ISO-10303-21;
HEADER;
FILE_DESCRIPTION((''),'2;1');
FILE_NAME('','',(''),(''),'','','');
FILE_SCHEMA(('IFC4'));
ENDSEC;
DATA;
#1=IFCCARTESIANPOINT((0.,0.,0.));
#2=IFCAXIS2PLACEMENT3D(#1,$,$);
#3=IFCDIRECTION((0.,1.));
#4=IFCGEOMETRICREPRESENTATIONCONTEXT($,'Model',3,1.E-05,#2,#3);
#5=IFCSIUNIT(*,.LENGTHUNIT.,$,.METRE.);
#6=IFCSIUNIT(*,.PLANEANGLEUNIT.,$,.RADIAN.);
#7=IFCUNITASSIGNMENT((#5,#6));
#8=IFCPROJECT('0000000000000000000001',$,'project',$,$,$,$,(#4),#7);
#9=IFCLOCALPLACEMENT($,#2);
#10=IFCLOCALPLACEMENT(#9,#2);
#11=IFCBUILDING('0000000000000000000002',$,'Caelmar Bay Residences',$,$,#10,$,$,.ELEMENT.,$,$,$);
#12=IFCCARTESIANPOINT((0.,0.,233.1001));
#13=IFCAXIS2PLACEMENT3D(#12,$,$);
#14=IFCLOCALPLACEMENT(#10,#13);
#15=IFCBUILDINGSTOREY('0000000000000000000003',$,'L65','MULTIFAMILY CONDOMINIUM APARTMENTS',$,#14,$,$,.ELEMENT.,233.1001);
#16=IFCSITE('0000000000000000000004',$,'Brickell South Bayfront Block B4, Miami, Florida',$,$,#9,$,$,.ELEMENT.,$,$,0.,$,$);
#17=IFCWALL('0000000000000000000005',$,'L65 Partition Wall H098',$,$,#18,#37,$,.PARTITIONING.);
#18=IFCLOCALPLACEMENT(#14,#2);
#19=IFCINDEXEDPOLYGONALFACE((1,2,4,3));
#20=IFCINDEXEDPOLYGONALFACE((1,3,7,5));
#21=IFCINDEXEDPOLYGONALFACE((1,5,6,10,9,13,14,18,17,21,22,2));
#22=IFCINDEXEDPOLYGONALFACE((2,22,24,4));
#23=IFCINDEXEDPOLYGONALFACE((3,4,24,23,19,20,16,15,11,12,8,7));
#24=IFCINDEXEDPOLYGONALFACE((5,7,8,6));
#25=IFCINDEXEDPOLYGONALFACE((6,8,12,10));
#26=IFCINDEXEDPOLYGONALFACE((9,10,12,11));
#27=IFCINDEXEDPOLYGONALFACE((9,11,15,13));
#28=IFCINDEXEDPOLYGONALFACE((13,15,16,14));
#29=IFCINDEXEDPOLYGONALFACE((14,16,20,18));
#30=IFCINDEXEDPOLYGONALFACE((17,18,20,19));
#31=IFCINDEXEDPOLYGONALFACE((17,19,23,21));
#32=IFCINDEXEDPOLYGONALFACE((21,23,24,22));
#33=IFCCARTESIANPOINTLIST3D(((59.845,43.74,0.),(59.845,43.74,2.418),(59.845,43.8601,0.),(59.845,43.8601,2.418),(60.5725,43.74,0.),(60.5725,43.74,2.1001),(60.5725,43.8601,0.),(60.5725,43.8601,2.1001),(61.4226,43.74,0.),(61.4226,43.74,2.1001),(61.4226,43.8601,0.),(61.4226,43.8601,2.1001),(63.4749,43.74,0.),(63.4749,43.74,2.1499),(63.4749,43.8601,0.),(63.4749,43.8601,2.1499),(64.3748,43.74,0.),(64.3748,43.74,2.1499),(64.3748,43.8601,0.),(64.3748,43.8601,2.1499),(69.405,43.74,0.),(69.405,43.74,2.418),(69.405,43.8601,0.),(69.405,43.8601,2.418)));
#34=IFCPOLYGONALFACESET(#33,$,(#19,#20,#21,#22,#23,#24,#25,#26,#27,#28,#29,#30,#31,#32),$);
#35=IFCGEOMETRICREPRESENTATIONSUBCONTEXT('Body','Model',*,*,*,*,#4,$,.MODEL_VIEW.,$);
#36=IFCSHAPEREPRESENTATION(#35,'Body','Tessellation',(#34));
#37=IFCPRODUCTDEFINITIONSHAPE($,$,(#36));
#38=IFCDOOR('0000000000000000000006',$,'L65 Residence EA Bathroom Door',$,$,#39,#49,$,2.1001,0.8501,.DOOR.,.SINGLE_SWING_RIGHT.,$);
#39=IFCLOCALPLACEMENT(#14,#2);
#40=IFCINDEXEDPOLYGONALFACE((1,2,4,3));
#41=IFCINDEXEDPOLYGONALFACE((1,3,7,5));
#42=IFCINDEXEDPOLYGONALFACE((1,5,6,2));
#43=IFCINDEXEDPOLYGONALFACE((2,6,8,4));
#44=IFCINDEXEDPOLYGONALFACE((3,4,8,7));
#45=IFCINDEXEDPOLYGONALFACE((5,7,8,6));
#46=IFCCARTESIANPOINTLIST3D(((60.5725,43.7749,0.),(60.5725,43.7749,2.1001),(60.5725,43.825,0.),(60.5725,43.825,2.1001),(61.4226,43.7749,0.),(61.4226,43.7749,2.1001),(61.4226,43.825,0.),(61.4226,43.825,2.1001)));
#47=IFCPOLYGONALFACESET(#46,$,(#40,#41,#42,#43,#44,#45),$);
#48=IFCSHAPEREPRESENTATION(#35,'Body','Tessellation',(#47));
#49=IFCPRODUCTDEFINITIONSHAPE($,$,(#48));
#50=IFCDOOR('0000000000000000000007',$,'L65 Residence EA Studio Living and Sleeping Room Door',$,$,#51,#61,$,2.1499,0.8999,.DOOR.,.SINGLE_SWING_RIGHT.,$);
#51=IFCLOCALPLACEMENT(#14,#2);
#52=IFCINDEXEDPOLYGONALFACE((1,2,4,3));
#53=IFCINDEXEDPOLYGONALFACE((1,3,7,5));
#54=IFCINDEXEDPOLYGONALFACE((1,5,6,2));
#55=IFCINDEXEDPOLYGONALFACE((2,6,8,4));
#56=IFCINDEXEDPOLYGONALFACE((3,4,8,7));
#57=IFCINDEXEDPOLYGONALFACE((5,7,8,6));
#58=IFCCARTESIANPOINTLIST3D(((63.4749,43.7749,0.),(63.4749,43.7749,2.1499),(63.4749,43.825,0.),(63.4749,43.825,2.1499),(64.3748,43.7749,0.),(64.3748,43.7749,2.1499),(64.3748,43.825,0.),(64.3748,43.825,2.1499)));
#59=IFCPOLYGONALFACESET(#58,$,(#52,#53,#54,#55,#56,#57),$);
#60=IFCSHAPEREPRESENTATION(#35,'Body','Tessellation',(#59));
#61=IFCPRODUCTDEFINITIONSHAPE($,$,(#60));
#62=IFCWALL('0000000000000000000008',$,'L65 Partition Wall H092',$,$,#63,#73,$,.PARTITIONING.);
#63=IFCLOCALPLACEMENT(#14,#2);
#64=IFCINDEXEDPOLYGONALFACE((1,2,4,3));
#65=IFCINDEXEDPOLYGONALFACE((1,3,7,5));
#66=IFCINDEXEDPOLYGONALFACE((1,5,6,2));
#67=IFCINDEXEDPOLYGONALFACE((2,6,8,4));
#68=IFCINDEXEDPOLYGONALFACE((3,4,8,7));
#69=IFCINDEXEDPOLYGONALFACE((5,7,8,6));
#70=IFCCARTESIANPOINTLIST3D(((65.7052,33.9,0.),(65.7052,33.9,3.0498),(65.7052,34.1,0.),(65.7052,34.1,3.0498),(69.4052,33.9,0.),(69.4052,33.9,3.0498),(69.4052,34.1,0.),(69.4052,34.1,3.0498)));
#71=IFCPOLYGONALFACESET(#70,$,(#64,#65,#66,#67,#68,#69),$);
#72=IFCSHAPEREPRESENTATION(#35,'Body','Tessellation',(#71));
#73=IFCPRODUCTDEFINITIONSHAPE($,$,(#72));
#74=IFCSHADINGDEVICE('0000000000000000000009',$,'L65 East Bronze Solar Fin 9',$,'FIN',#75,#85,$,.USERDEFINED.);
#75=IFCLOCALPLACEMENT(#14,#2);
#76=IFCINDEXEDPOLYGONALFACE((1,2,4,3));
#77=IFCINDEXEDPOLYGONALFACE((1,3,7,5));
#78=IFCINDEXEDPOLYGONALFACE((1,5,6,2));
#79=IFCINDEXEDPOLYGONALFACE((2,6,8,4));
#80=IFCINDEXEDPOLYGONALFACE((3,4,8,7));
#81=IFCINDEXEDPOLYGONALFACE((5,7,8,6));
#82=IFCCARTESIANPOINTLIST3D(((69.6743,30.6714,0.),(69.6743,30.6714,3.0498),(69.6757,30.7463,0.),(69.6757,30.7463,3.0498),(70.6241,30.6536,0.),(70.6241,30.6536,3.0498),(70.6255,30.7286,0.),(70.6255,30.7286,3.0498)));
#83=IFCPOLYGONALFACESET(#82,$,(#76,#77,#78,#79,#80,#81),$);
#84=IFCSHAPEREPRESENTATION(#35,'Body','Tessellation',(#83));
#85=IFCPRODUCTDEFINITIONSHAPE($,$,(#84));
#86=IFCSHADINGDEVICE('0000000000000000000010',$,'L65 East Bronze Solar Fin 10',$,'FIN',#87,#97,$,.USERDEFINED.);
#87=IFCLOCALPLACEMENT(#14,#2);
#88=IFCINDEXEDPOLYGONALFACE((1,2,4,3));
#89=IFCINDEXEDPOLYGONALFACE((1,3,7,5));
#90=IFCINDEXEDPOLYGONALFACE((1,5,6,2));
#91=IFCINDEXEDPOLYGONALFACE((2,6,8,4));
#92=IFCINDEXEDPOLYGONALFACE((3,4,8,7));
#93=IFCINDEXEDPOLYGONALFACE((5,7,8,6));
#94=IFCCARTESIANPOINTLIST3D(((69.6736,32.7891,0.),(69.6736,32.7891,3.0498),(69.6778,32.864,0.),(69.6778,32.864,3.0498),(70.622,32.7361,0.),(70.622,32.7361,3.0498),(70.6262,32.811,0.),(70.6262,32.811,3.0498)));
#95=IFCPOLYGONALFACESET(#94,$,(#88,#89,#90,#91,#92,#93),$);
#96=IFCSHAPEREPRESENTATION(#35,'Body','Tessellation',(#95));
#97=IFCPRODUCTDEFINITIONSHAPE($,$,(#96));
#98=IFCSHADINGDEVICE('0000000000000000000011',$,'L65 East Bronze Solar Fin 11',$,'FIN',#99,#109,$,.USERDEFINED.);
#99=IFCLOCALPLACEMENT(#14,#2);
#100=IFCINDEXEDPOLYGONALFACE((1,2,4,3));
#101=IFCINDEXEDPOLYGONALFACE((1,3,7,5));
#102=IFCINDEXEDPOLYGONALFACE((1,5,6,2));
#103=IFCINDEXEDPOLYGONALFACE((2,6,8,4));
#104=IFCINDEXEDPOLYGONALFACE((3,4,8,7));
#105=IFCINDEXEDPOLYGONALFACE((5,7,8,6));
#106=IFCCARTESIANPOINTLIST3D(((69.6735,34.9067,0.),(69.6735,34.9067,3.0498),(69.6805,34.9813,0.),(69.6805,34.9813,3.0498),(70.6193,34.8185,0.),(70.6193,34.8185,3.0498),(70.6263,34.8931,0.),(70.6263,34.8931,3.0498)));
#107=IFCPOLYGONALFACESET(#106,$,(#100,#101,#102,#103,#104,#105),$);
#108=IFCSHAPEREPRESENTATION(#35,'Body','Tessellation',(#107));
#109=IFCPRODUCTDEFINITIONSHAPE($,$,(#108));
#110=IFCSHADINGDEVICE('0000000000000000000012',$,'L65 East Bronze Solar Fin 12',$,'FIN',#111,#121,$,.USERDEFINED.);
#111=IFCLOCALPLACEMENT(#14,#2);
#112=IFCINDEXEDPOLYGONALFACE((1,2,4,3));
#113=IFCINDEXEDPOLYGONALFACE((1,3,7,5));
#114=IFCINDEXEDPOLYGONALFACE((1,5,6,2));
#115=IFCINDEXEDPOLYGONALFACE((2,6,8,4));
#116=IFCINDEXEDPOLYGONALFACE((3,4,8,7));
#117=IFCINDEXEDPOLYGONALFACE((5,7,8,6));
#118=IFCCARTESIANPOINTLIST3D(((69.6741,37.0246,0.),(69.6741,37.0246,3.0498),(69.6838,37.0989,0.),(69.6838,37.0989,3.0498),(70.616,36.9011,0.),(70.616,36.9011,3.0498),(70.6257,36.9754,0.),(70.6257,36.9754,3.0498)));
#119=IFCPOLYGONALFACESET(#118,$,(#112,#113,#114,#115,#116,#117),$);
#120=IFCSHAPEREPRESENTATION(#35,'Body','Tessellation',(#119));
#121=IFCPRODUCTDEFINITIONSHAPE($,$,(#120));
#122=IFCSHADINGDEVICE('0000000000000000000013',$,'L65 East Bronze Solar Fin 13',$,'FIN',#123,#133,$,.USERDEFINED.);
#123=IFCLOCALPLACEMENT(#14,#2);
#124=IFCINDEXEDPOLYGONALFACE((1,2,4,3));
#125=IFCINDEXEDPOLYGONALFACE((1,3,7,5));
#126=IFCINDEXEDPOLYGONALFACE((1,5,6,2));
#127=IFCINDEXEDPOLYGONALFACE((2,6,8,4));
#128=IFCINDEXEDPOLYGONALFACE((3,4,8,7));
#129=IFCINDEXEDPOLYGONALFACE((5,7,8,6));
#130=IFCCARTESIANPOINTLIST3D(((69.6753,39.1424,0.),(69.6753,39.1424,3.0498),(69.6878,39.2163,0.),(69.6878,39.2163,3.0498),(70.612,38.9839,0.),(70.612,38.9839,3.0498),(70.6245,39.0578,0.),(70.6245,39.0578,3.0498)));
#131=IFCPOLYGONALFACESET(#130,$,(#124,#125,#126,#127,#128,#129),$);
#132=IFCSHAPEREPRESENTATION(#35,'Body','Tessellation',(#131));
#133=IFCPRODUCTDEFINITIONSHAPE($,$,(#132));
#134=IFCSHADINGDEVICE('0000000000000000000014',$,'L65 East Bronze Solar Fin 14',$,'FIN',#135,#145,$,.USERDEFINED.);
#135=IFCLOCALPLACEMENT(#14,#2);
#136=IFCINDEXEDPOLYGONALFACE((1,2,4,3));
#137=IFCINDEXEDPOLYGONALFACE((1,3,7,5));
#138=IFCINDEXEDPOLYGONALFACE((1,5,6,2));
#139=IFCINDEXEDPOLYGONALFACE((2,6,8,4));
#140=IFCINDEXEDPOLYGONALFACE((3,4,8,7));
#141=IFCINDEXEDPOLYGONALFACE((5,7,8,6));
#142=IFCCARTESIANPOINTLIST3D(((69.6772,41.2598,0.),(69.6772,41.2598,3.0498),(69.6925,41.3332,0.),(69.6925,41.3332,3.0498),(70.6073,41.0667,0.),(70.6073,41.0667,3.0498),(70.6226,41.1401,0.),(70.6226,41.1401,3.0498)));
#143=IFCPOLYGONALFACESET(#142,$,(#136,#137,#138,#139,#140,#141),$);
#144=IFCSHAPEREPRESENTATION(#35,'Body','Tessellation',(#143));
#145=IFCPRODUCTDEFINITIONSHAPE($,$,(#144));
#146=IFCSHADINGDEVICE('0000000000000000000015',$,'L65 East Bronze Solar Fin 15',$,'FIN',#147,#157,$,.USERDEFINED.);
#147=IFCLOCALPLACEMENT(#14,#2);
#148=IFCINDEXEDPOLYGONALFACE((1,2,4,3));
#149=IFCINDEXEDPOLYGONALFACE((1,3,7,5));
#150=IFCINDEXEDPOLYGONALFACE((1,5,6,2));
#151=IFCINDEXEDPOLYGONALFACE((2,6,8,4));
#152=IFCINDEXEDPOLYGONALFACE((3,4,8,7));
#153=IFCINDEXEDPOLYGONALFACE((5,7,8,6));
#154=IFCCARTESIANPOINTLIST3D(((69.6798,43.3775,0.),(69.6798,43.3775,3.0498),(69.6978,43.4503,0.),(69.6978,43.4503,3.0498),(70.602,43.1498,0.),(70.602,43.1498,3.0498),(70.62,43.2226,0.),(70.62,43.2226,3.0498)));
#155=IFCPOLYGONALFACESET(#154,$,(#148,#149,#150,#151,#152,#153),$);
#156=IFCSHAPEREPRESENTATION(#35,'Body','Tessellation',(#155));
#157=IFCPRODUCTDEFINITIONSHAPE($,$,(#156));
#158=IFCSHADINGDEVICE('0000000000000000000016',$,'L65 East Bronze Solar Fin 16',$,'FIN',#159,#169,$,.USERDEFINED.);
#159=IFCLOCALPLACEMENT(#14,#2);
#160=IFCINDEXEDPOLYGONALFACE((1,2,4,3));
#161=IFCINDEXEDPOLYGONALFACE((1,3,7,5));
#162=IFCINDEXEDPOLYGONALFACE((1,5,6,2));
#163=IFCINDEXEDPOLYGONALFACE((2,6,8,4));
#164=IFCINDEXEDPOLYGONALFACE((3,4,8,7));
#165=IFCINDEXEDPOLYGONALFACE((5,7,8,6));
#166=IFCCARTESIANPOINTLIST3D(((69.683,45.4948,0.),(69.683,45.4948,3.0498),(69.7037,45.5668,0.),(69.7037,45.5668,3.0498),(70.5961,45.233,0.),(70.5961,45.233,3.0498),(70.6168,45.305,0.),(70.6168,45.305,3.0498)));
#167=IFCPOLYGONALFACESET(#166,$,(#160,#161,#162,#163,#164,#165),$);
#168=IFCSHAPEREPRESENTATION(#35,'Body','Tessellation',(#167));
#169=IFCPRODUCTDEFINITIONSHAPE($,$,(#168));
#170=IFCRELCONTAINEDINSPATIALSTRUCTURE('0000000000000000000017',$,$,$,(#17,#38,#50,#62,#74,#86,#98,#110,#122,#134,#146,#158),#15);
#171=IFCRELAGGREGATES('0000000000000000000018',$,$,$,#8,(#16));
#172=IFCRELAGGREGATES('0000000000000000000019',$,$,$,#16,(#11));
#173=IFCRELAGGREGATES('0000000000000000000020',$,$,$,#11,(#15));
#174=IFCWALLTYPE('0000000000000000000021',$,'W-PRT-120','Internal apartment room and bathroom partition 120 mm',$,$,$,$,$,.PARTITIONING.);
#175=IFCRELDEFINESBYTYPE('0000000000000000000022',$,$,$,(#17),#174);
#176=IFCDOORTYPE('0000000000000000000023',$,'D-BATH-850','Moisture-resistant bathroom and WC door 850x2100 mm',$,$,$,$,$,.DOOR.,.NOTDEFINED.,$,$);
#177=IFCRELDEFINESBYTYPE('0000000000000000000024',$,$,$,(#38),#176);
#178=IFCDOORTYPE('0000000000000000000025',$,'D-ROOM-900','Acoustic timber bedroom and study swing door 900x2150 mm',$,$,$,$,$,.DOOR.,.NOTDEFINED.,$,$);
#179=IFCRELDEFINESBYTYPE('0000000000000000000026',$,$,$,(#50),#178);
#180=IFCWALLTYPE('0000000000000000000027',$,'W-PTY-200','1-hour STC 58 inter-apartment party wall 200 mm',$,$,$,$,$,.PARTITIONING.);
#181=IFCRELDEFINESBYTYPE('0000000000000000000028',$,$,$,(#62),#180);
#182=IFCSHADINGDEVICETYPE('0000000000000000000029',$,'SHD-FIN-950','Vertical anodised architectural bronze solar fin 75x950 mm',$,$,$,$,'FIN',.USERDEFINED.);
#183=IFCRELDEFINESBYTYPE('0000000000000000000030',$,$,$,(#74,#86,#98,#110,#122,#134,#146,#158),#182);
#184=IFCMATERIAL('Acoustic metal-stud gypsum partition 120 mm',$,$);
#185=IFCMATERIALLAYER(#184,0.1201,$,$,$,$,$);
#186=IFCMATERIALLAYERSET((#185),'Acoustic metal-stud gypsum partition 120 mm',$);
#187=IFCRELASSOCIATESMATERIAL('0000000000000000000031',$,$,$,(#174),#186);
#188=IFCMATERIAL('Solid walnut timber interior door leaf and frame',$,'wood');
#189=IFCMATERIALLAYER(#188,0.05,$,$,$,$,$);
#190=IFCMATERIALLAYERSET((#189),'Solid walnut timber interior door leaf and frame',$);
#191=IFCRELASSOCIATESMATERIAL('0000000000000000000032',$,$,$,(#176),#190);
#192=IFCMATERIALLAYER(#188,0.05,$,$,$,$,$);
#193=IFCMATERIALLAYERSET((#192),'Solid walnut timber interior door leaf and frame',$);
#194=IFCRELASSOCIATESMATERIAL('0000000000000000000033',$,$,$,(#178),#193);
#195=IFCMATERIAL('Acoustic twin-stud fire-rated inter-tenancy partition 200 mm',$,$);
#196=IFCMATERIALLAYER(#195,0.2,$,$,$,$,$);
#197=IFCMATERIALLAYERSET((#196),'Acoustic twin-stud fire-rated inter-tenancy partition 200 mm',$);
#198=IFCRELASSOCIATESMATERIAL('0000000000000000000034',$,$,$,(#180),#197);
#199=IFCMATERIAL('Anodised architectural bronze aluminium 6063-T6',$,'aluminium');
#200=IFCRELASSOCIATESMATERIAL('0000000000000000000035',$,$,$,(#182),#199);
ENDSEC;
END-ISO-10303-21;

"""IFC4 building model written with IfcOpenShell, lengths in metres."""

from ifc_helpers import new_model, si_unit, direction, frame, frame_2d, origin, origin_2d, place, context, subcontext, project, spatial, rectangle, extrude, material, layer, layer_set, material_profile, profile_set, type_object, element, fill, save


model = new_model("IFC4")

# Units and contexts
model_context = context("Model", 3, precision=1e-05, world=origin(), true_north=direction((0.0, 1.0)))
body_context = subcontext(model_context, "Body", "Model", "MODEL_VIEW")
ifc_project = project(units=[si_unit("LENGTHUNIT", "METRE"), si_unit("PLANEANGLEUNIT", "RADIAN")], contexts=[model_context])

# Site, building, storey
site_placement = place(None, origin())
site = spatial("IfcSite", under=ifc_project, at=site_placement, Name="Brickell South Bayfront Block B4, Miami, Florida", CompositionType="ELEMENT", RefElevation=0.0)
building_placement = place(site_placement, origin())
building = spatial("IfcBuilding", under=site, at=building_placement, Name="Caelmar Bay Residences", CompositionType="ELEMENT")
storey_placement = place(building_placement, frame((0.0, 0.0, 233.1001)))
storey = spatial("IfcBuildingStorey", under=building, at=storey_placement, Name="L65", Description="MULTIFAMILY CONDOMINIUM APARTMENTS", CompositionType="ELEMENT", Elevation=233.1001)

# Shared definitions
ifc_material_1 = material(Name="Acoustic metal-stud gypsum partition 120 mm")
ifc_layer_1 = layer(ifc_material_1, 0.1201)
ifc_layer_set_1 = layer_set([ifc_layer_1], Name="Acoustic metal-stud gypsum partition 120 mm")
wall_type_1 = type_object("IfcWallType", Name="W-PRT-120", Description="Internal apartment room and bathroom partition 120 mm", PredefinedType="PARTITIONING", material=ifc_layer_set_1)
ifc_material_2 = material(Name="Solid walnut timber interior door leaf and frame", Category="wood")
ifc_layer_2 = layer(ifc_material_2, 0.05)
ifc_layer_set_2 = layer_set([ifc_layer_2], Name="Solid walnut timber interior door leaf and frame")
door_type_1 = type_object("IfcDoorType", Name="D-BATH-850", Description="Moisture-resistant bathroom and WC door 850x2100 mm", OperationType="NOTDEFINED", PredefinedType="DOOR", material=ifc_layer_set_2)

# Shared definitions
ifc_layer_3 = layer(ifc_material_2, 0.05)
ifc_layer_set_3 = layer_set([ifc_layer_3], Name="Solid walnut timber interior door leaf and frame")
door_type_2 = type_object("IfcDoorType", Name="D-ROOM-900", Description="Acoustic timber bedroom and study swing door 900x2150 mm", OperationType="NOTDEFINED", PredefinedType="DOOR", material=ifc_layer_set_3)

# Wall, openings, doors
wall_1_placement = place(storey_placement, frame((59.845, 43.8, 0.0), z_axis=(0.0, 0.0, 1.0), x_axis=(1.0, 0.0, 0.0)))
wall_1 = element("IfcWall", 1, at=wall_1_placement, inside=storey, type_object=wall_type_1, Name="L65 Partition Wall H098", PredefinedType="PARTITIONING", context=body_context, shape_type="SweptSolid", body=[
    extrude(rectangle(XDim=9.5601, YDim=0.1201, at=frame_2d((4.78, 0.0))), origin(), (0.0, 0.0, 1.0), 2.418),
])
opening_1_placement = place(wall_1_placement, frame((3.6299, 0.0, 0.0)))
opening_1 = element("IfcOpeningElement", 2, at=opening_1_placement, cuts=wall_1, PredefinedType="OPENING", context=body_context, shape_type="SweptSolid", body=[
    extrude(rectangle(XDim=0.8999, YDim=2.1499, at=frame_2d((0.45, 1.075))), frame((0.0, 0.0701, 0.0), z_axis=(0.0, -1.0, 0.0), x_axis=(1.0, 0.0, 0.0)), (0.0, 0.0, 1.0), 0.1401),
])
opening_2_placement = place(wall_1_placement, frame((0.7275, 0.0, 0.0)))
opening_2 = element("IfcOpeningElement", 3, at=opening_2_placement, cuts=wall_1, PredefinedType="OPENING", context=body_context, shape_type="SweptSolid", body=[
    extrude(rectangle(XDim=0.8501, YDim=2.1001, at=frame_2d((0.425, 1.05))), frame((0.0, 0.0701, 0.0), z_axis=(0.0, -1.0, 0.0), x_axis=(1.0, 0.0, 0.0)), (0.0, 0.0, 1.0), 0.1401),
])
door_1_placement = place(opening_2_placement, origin())
door_1 = element("IfcDoor", 4, at=door_1_placement, inside=storey, type_object=door_type_1, Name="L65 Residence EA Bathroom Door", OperationType="SINGLE_SWING_RIGHT", OverallHeight=2.1001, OverallWidth=0.8501, PredefinedType="DOOR", context=body_context, shape_type="SweptSolid", body=[
    extrude(rectangle(XDim=0.8501, YDim=2.1001, at=frame_2d((0.425, 1.05))), frame((0.0, 0.0249, 0.0), z_axis=(0.0, -1.0, 0.0), x_axis=(1.0, 0.0, 0.0)), (0.0, 0.0, 1.0), 0.05),
])
fill(opening_2, door_1)
door_2_placement = place(opening_1_placement, origin())
door_2 = element("IfcDoor", 5, at=door_2_placement, inside=storey, type_object=door_type_2, Name="L65 Residence EA Studio Living and Sleeping Room Door", OperationType="SINGLE_SWING_RIGHT", OverallHeight=2.1499, OverallWidth=0.8999, PredefinedType="DOOR", context=body_context, shape_type="SweptSolid", body=[
    extrude(rectangle(XDim=0.8999, YDim=2.1499, at=frame_2d((0.45, 1.075))), frame((0.0, 0.0249, 0.0), z_axis=(0.0, -1.0, 0.0), x_axis=(1.0, 0.0, 0.0)), (0.0, 0.0, 1.0), 0.05),
])
fill(opening_1, door_2)

# Wall
ifc_material_3 = material(Name="Acoustic twin-stud fire-rated inter-tenancy partition 200 mm")
ifc_layer_4 = layer(ifc_material_3, 0.2)
ifc_layer_set_4 = layer_set([ifc_layer_4], Name="Acoustic twin-stud fire-rated inter-tenancy partition 200 mm")
wall_type_2 = type_object("IfcWallType", Name="W-PTY-200", Description="1-hour STC 58 inter-apartment party wall 200 mm", PredefinedType="PARTITIONING", material=ifc_layer_set_4)
wall_2_placement = place(storey_placement, frame((65.7051, 34.0, 0.0), z_axis=(0.0, 0.0, 1.0), x_axis=(1.0, 0.0, 0.0)))
element("IfcWall", 6, at=wall_2_placement, inside=storey, type_object=wall_type_2, Name="L65 Partition Wall H092", PredefinedType="PARTITIONING", context=body_context, shape_type="SweptSolid", body=[
    extrude(rectangle(XDim=3.7, YDim=0.2, at=frame_2d((1.8501, 0.0))), origin(), (0.0, 0.0, 1.0), 3.0498),
])

# Shading devices
ifc_material_4 = material(Name="Anodised architectural bronze aluminium 6063-T6", Category="aluminium")
ifc_material_profile_1 = material_profile(ifc_material_4, rectangle(XDim=0.075, YDim=0.95, at=origin_2d()), Name="BRONZE-FIN-75X950")
ifc_profile_set_1 = profile_set([ifc_material_profile_1], Name="Anodised architectural bronze aluminium 6063-T6")
shading_device_type = type_object("IfcShadingDeviceType", Name="SHD-FIN-950", Description="Vertical anodised architectural bronze solar fin 75x950 mm", ElementType="FIN", PredefinedType="USERDEFINED", material=ifc_profile_set_1)
for number, where, z_axis, x_axis, name in (
    (7, (70.1499, 30.7, 0.0), (0.0, 0.0, 1.0), (0.018674, 0.999826, 0.0), "L65 East Bronze Solar Fin 9"),
    (8, (70.1499, 32.8, 0.0), (0.0, 0.0, 1.0), (0.055822, 0.998441, 0.0), "L65 East Bronze Solar Fin 10"),
    (9, (70.1499, 34.8999, 0.0), (0.0, 0.0, 1.0), (0.092892, 0.995676, 0.0), "L65 East Bronze Solar Fin 11"),
    (10, (70.1499, 37.0, 0.0), (0.0, 0.0, 1.0), (0.130007, 0.991513, 0.0), "L65 East Bronze Solar Fin 12"),
    (11, (70.1499, 39.1001, 0.0), (0.0, 0.0, 1.0), (0.166769, 0.985996, 0.0), "L65 East Bronze Solar Fin 13"),
    (12, (70.1499, 41.2, 0.0), (0.0, 0.0, 1.0), (0.2033, 0.979116, 0.0), "L65 East Bronze Solar Fin 14"),
    (13, (70.1499, 43.3, 0.0), (0.0, 0.0, 1.0), (0.23972, 0.970842, 0.0), "L65 East Bronze Solar Fin 15"),
    (14, (70.1499, 45.3999, 0.0), (0.0, 0.0, 1.0), (0.275637, 0.961262, 0.0), "L65 East Bronze Solar Fin 16"),
):
    element("IfcShadingDevice", number, at=place(storey_placement, frame(where, z_axis=z_axis, x_axis=x_axis)), inside=storey, type_object=shading_device_type, Name=name, ObjectType="FIN", PredefinedType="USERDEFINED", context=body_context, shape_type="SweptSolid", body=[
        extrude(rectangle(XDim=0.075, YDim=0.95, at=origin_2d()), origin(), (0.0, 0.0, 1.0), 3.0498),
    ])

save(model, "model.ifc")
